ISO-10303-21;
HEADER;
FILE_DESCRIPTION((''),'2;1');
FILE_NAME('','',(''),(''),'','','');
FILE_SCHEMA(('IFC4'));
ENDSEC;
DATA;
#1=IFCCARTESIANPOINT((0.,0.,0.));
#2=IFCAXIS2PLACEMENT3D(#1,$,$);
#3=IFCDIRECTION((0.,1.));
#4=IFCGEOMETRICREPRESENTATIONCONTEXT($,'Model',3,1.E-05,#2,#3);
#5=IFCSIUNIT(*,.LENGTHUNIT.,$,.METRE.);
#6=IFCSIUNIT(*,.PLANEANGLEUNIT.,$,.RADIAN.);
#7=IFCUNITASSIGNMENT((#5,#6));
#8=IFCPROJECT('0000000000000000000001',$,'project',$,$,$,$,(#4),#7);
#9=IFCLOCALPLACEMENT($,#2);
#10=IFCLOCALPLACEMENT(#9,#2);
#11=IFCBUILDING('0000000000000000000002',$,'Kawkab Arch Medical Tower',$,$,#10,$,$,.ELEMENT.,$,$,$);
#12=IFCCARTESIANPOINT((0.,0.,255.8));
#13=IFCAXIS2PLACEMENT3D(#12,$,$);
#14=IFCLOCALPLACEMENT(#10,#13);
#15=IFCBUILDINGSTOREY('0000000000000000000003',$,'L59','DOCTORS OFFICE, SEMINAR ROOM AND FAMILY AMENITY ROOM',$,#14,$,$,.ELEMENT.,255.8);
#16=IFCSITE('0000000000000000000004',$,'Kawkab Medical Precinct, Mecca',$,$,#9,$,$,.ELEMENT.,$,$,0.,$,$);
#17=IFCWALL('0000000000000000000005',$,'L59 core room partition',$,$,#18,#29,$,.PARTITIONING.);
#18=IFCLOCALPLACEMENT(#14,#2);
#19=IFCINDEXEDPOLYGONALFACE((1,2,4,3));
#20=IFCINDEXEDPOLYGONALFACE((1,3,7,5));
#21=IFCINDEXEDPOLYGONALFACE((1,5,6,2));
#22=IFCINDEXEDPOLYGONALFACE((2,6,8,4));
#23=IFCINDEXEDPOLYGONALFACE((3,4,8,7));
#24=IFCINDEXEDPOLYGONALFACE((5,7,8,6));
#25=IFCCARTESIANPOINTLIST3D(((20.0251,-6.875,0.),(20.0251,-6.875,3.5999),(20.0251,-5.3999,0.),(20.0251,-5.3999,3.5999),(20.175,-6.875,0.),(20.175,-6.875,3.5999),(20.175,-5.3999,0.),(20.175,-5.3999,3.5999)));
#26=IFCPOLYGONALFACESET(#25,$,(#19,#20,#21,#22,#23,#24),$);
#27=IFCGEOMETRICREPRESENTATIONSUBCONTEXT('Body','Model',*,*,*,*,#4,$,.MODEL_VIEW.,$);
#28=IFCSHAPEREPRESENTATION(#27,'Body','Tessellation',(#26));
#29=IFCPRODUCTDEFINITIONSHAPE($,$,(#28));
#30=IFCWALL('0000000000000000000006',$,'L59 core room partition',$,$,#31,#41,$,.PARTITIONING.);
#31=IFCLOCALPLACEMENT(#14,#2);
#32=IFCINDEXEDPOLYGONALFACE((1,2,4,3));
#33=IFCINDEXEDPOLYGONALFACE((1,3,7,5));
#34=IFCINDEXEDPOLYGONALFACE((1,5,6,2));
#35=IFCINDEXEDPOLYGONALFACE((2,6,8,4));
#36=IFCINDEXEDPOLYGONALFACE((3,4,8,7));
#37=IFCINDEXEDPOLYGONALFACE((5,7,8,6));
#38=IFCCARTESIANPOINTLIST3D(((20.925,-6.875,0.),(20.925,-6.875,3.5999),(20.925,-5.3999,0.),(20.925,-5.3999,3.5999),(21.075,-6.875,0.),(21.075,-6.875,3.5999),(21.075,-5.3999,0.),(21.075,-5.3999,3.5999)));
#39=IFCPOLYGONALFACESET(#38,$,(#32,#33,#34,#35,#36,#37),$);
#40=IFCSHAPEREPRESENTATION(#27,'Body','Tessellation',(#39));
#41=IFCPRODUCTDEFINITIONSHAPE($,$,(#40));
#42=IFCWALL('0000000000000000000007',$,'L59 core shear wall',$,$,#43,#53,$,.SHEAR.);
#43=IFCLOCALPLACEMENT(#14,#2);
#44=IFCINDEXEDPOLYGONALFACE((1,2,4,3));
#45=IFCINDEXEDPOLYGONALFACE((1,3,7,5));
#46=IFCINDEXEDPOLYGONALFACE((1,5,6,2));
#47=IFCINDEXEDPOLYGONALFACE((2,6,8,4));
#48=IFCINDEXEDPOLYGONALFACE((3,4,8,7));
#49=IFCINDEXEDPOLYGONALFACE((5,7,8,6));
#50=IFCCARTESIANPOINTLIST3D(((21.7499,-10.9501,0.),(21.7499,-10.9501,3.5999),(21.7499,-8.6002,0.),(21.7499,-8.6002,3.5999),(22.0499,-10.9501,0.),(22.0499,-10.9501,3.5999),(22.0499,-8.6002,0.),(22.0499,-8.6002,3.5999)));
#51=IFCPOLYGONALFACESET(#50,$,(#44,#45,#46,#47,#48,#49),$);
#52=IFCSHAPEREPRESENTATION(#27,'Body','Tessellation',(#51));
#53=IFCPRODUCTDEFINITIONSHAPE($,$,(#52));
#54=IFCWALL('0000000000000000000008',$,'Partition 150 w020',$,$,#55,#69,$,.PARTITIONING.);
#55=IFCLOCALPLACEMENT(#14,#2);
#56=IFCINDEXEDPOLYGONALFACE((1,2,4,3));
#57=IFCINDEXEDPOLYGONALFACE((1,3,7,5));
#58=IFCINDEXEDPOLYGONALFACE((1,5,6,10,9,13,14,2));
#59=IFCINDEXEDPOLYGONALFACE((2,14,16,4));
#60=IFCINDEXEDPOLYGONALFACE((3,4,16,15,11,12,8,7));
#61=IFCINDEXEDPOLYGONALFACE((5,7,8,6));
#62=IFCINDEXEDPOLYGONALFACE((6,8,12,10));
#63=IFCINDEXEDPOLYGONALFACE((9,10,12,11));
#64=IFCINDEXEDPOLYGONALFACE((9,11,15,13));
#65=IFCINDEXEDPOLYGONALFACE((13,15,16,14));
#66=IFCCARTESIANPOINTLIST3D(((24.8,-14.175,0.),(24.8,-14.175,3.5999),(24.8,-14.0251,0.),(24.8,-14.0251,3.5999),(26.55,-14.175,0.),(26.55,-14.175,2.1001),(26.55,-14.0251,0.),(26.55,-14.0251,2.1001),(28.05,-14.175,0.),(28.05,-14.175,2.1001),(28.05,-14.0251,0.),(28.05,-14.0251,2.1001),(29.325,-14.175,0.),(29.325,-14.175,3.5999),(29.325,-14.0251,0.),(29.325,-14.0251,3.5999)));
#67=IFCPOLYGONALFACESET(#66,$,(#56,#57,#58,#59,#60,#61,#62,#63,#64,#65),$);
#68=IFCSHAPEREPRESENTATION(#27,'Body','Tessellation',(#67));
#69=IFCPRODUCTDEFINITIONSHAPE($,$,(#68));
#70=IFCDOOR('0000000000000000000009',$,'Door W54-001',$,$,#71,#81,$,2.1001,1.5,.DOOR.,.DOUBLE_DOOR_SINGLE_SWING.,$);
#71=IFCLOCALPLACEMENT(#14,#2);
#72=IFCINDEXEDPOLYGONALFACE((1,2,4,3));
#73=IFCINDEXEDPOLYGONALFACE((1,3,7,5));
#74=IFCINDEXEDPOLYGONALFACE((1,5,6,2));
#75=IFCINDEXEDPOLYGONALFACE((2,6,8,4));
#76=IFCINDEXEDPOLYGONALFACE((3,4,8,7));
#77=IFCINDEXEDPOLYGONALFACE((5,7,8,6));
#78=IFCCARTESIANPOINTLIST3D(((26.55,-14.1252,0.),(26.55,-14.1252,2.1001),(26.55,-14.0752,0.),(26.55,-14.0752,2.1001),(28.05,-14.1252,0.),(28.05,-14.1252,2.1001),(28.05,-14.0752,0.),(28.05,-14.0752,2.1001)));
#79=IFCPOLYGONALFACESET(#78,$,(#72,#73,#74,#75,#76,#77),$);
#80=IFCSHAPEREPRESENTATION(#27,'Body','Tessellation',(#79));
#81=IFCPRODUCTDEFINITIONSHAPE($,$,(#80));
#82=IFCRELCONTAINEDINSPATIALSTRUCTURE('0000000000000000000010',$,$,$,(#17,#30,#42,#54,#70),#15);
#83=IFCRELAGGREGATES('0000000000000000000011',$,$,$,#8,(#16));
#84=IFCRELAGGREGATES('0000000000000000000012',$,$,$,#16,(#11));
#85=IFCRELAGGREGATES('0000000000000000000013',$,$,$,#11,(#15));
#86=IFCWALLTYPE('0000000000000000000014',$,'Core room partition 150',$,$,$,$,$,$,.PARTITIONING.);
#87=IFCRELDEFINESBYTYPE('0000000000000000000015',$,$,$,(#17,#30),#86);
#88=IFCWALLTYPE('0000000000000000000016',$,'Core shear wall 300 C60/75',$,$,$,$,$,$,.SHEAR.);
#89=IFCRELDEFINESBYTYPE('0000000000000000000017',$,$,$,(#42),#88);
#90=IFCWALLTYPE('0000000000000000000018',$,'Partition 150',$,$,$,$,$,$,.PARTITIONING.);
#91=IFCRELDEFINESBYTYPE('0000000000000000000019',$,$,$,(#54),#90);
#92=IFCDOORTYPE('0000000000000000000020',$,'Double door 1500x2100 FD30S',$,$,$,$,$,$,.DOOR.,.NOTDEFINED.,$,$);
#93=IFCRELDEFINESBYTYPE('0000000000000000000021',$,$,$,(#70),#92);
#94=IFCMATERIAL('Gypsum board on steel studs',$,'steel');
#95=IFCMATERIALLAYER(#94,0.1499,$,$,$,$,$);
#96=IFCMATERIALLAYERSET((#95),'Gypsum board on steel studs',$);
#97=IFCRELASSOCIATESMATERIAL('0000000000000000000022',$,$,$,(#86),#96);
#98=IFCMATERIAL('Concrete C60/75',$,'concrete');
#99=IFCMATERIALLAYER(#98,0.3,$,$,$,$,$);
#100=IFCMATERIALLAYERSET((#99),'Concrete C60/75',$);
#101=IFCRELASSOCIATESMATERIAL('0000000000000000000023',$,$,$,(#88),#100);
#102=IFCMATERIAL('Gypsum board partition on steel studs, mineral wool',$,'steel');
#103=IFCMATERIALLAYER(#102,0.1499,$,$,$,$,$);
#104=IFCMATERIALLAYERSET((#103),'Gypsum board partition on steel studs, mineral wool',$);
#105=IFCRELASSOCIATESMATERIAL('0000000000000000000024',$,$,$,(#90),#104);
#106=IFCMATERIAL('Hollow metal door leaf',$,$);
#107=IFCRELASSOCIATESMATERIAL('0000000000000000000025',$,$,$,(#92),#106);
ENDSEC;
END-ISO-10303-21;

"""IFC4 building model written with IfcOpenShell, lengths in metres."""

from ifc_helpers import new_model, si_unit, direction, frame, frame_2d, origin, place, context, subcontext, project, spatial, rectangle, extrude, material, layer, layer_set, type_object, element, fill, save


model = new_model("IFC4")

# Units and contexts
model_context = context("Model", 3, precision=1e-05, world=origin(), true_north=direction((0.0, 1.0)))
body_context = subcontext(model_context, "Body", "Model", "MODEL_VIEW")
ifc_project = project(units=[si_unit("LENGTHUNIT", "METRE"), si_unit("PLANEANGLEUNIT", "RADIAN")], contexts=[model_context])

# Site, building, storey
site_placement = place(None, origin())
site = spatial("IfcSite", under=ifc_project, at=site_placement, Name="Kawkab Medical Precinct, Mecca", CompositionType="ELEMENT", RefElevation=0.0)
building_placement = place(site_placement, origin())
building = spatial("IfcBuilding", under=site, at=building_placement, Name="Kawkab Arch Medical Tower", CompositionType="ELEMENT")
storey_placement = place(building_placement, frame((0.0, 0.0, 255.8)))
storey = spatial("IfcBuildingStorey", under=building, at=storey_placement, Name="L59", Description="DOCTORS OFFICE, SEMINAR ROOM AND FAMILY AMENITY ROOM", CompositionType="ELEMENT", Elevation=255.8)

# Walls
ifc_material_1 = material(Name="Gypsum board on steel studs", Category="steel")
ifc_layer_1 = layer(ifc_material_1, 0.1499)
ifc_layer_set_1 = layer_set([ifc_layer_1], Name="Gypsum board on steel studs")
wall_type_1 = type_object("IfcWallType", Name="Core room partition 150", PredefinedType="PARTITIONING", material=ifc_layer_set_1)
for number, where, z_axis, x_axis, name in (
    (1, (20.1001, -6.875, 0.0), (0.0, 0.0, 1.0), (0.0, 1.0, 0.0), "L59 core room partition"),
    (2, (21.0, -6.875, 0.0), (0.0, 0.0, 1.0), (0.0, 1.0, 0.0), "L59 core room partition"),
):
    element("IfcWall", number, at=place(storey_placement, frame(where, z_axis=z_axis, x_axis=x_axis)), inside=storey, type_object=wall_type_1, Name=name, PredefinedType="PARTITIONING", context=body_context, shape_type="SweptSolid", body=[
        extrude(rectangle(XDim=1.4751, YDim=0.1499, at=frame_2d((0.7375, 0.0))), origin(), (0.0, 0.0, 1.0), 3.5999),
    ])
ifc_material_2 = material(Name="Concrete C60/75", Category="concrete")
ifc_layer_2 = layer(ifc_material_2, 0.3)
ifc_layer_set_2 = layer_set([ifc_layer_2], Name="Concrete C60/75")
wall_type_2 = type_object("IfcWallType", Name="Core shear wall 300 C60/75", PredefinedType="SHEAR", material=ifc_layer_set_2)
wall_1_placement = place(storey_placement, frame((21.8999, -10.95, 0.0), z_axis=(0.0, 0.0, 1.0), x_axis=(0.0, 1.0, 0.0)))
element("IfcWall", 3, at=wall_1_placement, inside=storey, type_object=wall_type_2, Name="L59 core shear wall", PredefinedType="SHEAR", context=body_context, shape_type="SweptSolid", body=[
    extrude(rectangle(XDim=2.3499, YDim=0.3, at=frame_2d((1.1748, 0.0))), origin(), (0.0, 0.0, 1.0), 3.5999),
])

# Wall, opening, door
ifc_material_3 = material(Name="Gypsum board partition on steel studs, mineral wool", Category="steel")
ifc_layer_3 = layer(ifc_material_3, 0.1499)
ifc_layer_set_3 = layer_set([ifc_layer_3], Name="Gypsum board partition on steel studs, mineral wool")
wall_type_3 = type_object("IfcWallType", Name="Partition 150", PredefinedType="PARTITIONING", material=ifc_layer_set_3)
wall_2_placement = place(storey_placement, frame((24.8, -14.1001, 0.0), z_axis=(0.0, 0.0, 1.0), x_axis=(1.0, 0.0, 0.0)))
wall_2 = element("IfcWall", 4, at=wall_2_placement, inside=storey, type_object=wall_type_3, Name="Partition 150 w020", PredefinedType="PARTITIONING", context=body_context, shape_type="SweptSolid", body=[
    extrude(rectangle(XDim=4.5249, YDim=0.1499, at=frame_2d((2.2625, 0.0))), origin(), (0.0, 0.0, 1.0), 3.5999),
])
opening_1_placement = place(wall_2_placement, frame((1.75, 0.0, 0.0)))
opening_1 = element("IfcOpeningElement", 5, at=opening_1_placement, cuts=wall_2, PredefinedType="OPENING", context=body_context, shape_type="SweptSolid", body=[
    extrude(rectangle(XDim=1.5, YDim=2.1001, at=frame_2d((0.75, 1.05))), frame((0.0, 0.085, 0.0), z_axis=(0.0, -1.0, 0.0), x_axis=(1.0, 0.0, 0.0)), (0.0, 0.0, 1.0), 0.1699),
])
ifc_material_4 = material(Name="Hollow metal door leaf")
door_type_1 = type_object("IfcDoorType", Name="Double door 1500x2100 FD30S", OperationType="NOTDEFINED", PredefinedType="DOOR", material=ifc_material_4)
door_1_placement = place(opening_1_placement, origin())
door_1 = element("IfcDoor", 6, at=door_1_placement, inside=storey, type_object=door_type_1, Name="Door W54-001", OperationType="DOUBLE_DOOR_SINGLE_SWING", OverallHeight=2.1001, OverallWidth=1.5, PredefinedType="DOOR", context=body_context, shape_type="SweptSolid", body=[
    extrude(rectangle(XDim=1.5, YDim=2.1001, at=frame_2d((0.75, 1.05))), frame((0.0, 0.0249, 0.0), z_axis=(0.0, -1.0, 0.0), x_axis=(1.0, 0.0, 0.0)), (0.0, 0.0, 1.0), 0.05),
])
fill(opening_1, door_1)

save(model, "model.ifc")
